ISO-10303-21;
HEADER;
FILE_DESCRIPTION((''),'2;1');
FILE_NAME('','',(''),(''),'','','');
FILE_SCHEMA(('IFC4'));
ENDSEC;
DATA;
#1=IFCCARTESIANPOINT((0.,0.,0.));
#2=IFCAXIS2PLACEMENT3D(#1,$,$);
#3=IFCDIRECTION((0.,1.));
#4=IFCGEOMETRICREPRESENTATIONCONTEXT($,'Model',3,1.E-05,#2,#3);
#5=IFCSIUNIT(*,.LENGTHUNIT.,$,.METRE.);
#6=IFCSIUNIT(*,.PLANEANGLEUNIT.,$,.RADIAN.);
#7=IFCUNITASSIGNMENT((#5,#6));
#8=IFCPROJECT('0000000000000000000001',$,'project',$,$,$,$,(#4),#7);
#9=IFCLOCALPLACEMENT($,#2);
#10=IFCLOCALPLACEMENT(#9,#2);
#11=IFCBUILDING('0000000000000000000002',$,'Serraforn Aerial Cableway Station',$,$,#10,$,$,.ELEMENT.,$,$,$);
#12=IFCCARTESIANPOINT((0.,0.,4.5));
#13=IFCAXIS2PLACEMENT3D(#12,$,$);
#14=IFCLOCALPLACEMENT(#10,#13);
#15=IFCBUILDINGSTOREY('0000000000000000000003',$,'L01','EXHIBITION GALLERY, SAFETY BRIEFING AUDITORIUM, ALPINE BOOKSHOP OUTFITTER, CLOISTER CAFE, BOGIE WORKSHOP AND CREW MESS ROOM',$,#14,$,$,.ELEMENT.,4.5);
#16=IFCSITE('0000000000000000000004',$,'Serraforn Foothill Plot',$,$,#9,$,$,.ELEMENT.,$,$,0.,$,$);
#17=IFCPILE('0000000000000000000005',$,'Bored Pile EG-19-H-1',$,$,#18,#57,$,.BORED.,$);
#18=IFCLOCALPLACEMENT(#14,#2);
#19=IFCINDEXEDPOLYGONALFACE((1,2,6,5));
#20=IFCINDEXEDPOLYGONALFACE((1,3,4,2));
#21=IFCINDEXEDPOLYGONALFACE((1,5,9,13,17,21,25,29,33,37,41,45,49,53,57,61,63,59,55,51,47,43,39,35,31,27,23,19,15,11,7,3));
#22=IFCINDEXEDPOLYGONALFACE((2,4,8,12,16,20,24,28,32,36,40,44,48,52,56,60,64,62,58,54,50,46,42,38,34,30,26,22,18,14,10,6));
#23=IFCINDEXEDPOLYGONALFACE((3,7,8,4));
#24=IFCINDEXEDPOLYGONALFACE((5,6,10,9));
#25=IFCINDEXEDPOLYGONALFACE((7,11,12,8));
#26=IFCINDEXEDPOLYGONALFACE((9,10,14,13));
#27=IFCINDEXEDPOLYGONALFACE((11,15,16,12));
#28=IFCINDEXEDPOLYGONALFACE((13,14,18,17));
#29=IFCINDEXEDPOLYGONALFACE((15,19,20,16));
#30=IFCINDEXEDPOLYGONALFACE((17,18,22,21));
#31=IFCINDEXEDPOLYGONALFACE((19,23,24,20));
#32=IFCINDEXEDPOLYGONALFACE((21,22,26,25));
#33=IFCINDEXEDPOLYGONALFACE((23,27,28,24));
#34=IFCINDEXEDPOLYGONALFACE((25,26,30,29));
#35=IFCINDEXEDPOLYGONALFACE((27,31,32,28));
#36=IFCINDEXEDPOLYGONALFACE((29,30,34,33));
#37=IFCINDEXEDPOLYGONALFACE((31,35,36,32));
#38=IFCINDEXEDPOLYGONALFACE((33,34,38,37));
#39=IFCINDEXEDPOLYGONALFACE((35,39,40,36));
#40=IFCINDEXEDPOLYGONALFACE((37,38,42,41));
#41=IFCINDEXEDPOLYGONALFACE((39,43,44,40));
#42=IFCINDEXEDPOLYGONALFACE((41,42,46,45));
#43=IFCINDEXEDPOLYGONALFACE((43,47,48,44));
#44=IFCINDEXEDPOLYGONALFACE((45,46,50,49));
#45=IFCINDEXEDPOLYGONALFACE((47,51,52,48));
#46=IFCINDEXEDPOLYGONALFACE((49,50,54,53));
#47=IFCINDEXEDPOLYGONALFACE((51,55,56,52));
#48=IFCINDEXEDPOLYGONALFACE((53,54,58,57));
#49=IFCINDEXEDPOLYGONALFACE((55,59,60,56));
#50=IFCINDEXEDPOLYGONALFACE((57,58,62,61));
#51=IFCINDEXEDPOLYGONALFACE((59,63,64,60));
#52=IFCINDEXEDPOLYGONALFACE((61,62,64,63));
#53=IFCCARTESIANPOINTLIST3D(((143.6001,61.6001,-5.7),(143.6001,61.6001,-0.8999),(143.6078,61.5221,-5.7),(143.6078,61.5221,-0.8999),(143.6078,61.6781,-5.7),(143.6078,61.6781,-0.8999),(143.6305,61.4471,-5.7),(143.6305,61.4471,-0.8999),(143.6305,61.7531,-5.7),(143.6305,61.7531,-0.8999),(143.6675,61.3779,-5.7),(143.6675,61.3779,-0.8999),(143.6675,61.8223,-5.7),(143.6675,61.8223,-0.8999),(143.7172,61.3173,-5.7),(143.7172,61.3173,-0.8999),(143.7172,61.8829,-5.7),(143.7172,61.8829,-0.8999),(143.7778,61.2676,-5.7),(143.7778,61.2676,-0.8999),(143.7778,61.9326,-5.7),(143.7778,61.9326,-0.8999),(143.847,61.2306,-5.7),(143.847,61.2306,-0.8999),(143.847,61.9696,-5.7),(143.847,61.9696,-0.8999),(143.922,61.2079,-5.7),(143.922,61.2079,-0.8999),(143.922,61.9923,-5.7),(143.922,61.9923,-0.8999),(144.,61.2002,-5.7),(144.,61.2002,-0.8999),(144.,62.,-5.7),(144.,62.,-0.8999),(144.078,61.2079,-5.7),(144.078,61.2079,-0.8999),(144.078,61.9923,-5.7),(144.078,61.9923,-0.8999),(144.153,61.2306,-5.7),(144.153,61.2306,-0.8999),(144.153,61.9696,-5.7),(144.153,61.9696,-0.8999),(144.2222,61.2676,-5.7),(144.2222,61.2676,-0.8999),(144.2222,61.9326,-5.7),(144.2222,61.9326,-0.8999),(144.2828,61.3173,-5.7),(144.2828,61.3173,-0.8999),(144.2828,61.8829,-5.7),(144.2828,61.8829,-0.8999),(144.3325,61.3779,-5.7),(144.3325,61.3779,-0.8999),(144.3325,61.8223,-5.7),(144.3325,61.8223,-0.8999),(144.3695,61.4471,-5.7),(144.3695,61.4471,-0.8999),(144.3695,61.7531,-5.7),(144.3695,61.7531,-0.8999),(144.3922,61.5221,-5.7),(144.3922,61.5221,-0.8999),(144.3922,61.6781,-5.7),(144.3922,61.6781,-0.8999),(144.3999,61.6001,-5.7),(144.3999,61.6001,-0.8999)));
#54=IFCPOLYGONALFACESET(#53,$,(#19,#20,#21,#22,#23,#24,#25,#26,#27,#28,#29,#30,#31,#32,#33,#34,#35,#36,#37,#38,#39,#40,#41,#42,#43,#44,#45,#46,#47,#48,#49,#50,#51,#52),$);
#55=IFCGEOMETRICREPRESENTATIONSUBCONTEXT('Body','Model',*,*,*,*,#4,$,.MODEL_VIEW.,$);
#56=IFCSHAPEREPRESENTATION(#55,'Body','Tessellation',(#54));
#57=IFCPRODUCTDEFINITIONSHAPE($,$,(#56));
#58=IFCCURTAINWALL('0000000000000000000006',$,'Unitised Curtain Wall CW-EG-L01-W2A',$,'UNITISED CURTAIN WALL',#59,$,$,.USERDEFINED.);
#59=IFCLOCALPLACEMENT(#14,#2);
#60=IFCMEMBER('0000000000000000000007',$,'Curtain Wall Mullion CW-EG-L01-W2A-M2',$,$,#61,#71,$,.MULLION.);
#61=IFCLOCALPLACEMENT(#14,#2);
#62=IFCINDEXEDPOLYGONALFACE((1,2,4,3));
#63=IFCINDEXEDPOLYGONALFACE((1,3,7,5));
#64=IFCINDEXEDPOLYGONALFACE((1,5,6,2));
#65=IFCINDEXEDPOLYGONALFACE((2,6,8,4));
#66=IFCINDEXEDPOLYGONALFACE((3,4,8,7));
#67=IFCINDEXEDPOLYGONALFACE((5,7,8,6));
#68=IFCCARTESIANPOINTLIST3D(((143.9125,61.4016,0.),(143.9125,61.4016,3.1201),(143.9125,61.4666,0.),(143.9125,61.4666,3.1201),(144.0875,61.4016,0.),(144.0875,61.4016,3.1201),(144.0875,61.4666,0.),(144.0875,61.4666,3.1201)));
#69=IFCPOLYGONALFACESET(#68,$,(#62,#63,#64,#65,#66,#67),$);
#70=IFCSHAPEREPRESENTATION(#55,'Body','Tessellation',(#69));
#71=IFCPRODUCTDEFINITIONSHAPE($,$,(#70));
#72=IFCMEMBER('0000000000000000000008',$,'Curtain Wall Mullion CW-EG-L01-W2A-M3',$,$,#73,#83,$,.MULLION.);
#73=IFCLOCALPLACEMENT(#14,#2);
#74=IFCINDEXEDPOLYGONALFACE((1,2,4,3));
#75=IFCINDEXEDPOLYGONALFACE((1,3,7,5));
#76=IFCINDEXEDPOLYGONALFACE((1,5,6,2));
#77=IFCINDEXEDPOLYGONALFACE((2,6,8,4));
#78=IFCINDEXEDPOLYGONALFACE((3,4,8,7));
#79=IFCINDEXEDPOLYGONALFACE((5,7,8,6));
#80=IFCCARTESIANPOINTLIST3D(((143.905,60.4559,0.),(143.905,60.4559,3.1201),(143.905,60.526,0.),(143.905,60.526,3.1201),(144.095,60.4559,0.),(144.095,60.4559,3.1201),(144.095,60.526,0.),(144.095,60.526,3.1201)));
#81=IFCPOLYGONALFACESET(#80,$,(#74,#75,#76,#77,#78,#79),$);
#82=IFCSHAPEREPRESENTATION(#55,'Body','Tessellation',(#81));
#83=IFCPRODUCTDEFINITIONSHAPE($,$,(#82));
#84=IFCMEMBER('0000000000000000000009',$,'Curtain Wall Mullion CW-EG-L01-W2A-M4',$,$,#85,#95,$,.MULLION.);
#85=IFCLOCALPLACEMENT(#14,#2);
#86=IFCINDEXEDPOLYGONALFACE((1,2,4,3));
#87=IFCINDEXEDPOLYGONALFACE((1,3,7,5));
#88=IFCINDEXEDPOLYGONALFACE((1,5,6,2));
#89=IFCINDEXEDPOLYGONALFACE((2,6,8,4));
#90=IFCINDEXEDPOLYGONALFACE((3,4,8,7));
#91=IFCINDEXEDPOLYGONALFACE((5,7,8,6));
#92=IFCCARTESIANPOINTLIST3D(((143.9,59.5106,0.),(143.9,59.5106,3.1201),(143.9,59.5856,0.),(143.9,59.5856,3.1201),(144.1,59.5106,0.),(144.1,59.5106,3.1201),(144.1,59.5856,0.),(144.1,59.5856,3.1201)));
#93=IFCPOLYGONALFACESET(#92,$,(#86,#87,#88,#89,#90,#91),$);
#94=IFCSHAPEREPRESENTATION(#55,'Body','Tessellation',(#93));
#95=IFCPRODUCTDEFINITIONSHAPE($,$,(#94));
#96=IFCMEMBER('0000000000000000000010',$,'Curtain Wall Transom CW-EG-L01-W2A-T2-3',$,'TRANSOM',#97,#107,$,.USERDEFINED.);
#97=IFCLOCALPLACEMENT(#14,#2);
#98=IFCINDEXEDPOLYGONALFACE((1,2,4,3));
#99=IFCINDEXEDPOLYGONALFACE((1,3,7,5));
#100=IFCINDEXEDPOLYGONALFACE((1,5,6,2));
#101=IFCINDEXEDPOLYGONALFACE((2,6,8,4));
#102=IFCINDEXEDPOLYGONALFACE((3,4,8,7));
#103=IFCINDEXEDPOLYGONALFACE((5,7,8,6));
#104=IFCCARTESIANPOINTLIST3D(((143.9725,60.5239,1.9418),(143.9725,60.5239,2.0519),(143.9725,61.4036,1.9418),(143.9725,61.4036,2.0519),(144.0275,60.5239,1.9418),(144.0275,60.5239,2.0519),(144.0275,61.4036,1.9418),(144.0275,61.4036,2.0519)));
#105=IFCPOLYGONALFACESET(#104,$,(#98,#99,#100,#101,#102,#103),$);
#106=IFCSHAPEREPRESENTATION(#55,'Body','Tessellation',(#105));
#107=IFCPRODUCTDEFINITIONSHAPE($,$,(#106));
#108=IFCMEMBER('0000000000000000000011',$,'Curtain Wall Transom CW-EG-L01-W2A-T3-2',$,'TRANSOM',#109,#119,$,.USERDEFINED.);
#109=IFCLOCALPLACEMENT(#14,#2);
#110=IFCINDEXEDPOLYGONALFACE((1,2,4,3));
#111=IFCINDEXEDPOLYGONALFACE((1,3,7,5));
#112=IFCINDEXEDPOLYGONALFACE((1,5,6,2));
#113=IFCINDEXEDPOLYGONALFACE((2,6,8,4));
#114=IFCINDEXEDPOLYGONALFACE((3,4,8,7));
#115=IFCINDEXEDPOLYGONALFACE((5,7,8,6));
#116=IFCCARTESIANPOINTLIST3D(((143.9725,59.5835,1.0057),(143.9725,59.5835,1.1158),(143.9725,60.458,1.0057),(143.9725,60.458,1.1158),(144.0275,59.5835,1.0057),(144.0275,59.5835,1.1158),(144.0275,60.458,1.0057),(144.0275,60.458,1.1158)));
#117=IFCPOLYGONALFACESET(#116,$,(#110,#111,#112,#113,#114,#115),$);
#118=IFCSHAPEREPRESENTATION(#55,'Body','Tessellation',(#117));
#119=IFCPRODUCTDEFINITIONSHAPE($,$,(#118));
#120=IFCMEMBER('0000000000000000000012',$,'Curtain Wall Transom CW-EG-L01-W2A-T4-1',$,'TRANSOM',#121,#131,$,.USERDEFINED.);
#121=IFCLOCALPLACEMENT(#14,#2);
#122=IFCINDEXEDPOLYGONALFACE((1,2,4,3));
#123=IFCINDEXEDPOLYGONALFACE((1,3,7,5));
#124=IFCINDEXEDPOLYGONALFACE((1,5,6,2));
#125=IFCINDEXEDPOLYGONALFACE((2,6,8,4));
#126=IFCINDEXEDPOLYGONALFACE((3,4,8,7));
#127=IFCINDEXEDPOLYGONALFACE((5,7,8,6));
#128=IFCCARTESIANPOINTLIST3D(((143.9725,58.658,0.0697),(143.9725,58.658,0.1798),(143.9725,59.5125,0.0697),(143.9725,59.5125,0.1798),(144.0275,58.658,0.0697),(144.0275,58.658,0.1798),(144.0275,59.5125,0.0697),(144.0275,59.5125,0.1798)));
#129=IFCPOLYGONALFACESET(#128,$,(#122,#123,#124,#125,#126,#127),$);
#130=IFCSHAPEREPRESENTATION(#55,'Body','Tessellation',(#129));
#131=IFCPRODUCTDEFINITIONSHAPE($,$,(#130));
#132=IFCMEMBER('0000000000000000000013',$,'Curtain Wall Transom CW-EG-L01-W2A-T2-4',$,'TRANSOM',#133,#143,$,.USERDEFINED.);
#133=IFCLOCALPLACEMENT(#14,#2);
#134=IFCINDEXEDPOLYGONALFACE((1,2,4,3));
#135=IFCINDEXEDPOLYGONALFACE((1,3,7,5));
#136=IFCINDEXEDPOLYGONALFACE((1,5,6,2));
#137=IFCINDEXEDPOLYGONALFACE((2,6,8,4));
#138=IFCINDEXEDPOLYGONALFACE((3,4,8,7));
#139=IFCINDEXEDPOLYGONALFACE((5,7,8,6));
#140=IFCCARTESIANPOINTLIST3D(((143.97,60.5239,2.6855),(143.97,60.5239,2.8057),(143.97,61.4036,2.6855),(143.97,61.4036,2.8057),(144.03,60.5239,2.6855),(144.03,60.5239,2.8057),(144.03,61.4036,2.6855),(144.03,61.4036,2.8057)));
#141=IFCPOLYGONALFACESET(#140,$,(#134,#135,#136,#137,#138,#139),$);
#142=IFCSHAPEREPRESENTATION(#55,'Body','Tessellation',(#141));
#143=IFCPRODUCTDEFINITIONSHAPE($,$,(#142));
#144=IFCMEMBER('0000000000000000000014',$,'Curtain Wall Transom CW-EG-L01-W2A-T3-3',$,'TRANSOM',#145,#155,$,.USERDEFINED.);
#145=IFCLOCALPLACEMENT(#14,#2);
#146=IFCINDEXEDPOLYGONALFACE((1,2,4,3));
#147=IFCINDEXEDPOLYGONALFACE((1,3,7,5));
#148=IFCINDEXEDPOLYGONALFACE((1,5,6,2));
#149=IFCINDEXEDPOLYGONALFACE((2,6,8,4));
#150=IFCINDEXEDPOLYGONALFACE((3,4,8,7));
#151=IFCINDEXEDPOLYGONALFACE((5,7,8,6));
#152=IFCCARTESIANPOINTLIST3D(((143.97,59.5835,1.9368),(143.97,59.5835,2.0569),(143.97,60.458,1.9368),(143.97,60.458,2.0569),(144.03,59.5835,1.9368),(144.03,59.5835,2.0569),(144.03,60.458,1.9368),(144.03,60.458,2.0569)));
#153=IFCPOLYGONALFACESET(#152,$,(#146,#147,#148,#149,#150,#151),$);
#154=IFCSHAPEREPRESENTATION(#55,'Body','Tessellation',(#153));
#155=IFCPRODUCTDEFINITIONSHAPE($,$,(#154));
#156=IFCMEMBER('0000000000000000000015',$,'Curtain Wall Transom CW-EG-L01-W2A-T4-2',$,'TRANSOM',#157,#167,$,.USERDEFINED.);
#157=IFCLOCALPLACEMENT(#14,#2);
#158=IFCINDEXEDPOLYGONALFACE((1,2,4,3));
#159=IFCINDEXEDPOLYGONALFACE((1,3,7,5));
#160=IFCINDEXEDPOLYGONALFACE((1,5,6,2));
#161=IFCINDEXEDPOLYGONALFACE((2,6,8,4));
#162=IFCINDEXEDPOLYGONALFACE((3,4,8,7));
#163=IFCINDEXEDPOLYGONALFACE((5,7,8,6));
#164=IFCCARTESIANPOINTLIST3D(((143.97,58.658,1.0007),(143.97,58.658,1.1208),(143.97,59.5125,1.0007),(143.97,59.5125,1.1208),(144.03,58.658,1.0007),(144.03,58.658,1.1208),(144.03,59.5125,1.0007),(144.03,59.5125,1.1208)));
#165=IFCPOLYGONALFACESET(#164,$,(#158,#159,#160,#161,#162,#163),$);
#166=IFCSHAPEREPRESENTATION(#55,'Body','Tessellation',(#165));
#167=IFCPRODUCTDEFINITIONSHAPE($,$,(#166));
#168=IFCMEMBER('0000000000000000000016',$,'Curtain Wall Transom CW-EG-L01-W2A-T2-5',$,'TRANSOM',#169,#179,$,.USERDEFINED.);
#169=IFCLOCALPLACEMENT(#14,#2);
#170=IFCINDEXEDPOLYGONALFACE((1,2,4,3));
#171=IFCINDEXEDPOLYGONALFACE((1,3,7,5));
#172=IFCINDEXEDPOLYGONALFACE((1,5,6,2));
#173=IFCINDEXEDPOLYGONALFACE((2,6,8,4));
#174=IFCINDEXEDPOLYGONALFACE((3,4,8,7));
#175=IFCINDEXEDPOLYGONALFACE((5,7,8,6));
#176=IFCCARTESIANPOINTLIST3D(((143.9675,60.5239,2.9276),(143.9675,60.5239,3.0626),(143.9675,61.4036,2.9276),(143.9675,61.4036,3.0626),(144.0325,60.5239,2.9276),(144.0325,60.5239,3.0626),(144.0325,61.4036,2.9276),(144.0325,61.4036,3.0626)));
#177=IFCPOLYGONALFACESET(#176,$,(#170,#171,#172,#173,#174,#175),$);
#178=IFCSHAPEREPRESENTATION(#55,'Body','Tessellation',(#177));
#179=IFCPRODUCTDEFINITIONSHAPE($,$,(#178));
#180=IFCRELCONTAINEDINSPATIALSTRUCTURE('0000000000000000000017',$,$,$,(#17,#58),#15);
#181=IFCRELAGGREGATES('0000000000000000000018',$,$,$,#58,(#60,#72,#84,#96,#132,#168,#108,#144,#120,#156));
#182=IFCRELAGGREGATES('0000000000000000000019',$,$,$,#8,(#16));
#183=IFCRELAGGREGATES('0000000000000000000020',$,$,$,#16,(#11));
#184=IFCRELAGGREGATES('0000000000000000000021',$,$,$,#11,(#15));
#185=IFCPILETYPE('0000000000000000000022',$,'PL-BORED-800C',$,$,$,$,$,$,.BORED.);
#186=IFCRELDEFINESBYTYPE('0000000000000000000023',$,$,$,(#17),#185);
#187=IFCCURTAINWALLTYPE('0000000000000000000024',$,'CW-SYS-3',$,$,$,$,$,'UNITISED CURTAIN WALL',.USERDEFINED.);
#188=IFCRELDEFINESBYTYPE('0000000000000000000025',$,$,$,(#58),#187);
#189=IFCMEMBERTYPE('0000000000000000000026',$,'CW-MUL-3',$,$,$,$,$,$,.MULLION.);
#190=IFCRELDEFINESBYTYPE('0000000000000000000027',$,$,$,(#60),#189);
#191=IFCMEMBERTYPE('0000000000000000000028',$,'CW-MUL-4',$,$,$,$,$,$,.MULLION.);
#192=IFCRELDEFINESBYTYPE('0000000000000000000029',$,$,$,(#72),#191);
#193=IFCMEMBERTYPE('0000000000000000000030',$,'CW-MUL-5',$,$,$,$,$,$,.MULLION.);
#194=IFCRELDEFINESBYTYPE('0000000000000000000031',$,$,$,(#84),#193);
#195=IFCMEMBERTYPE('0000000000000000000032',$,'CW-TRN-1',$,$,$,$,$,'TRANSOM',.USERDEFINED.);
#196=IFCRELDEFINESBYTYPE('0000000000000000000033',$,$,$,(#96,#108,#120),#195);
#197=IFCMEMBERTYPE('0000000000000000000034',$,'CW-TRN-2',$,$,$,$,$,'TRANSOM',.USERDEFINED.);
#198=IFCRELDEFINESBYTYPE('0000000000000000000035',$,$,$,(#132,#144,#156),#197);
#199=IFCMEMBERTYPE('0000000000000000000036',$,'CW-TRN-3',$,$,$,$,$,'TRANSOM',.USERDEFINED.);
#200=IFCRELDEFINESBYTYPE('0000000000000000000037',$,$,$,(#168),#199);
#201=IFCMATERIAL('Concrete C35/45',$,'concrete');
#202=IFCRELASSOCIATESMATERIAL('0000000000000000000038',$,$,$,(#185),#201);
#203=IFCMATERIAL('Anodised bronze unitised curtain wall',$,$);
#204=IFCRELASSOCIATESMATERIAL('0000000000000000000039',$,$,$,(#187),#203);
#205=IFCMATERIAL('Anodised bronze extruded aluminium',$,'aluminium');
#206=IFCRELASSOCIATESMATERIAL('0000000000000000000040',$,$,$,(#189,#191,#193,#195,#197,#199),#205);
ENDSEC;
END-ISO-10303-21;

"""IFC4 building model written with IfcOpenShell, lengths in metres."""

from ifc_helpers import new_model, si_unit, direction, frame, origin, origin_2d, place, context, subcontext, project, spatial, rectangle, circle, extrude, material, material_profile, profile_set, type_object, element, aggregate, save


model = new_model("IFC4")

# Units and contexts
model_context = context("Model", 3, precision=1e-05, world=origin(), true_north=direction((0.0, 1.0)))
body_context = subcontext(model_context, "Body", "Model", "MODEL_VIEW")
ifc_project = project(units=[si_unit("LENGTHUNIT", "METRE"), si_unit("PLANEANGLEUNIT", "RADIAN")], contexts=[model_context])

# Site, building, storey
site_placement = place(None, origin())
site = spatial("IfcSite", under=ifc_project, at=site_placement, Name="Serraforn Foothill Plot", CompositionType="ELEMENT", RefElevation=0.0)
building_placement = place(site_placement, origin())
building = spatial("IfcBuilding", under=site, at=building_placement, Name="Serraforn Aerial Cableway Station", CompositionType="ELEMENT")
storey_placement = place(building_placement, frame((0.0, 0.0, 4.5)))
storey = spatial("IfcBuildingStorey", under=building, at=storey_placement, Name="L01", Description="EXHIBITION GALLERY, SAFETY BRIEFING AUDITORIUM, ALPINE BOOKSHOP OUTFITTER, CLOISTER CAFE, BOGIE WORKSHOP AND CREW MESS ROOM", CompositionType="ELEMENT", Elevation=4.5)

# Pile
ifc_material_1 = material(Name="Concrete C35/45", Category="concrete")
ifc_material_profile_1 = material_profile(ifc_material_1, circle(Radius=0.3999, at=origin_2d()), Name="BORED PILE D800")
ifc_profile_set_1 = profile_set([ifc_material_profile_1], Name="Concrete C35/45")
pile_type = type_object("IfcPileType", Name="PL-BORED-800C", PredefinedType="BORED", material=ifc_profile_set_1)
pile_placement = place(storey_placement, frame((144.0, 61.6001, -0.8999), z_axis=(0.0, 0.0, -1.0), x_axis=(1.0, 0.0, 0.0)))
element("IfcPile", 1, at=pile_placement, inside=storey, type_object=pile_type, Name="Bored Pile EG-19-H-1", PredefinedType="BORED", context=body_context, shape_type="SweptSolid", body=[
    extrude(circle(Radius=0.3999, at=origin_2d()), origin(), (0.0, 0.0, 1.0), 4.8),
])

# Curtain wall, members
ifc_material_2 = material(Name="Anodised bronze unitised curtain wall")
curtain_wall_type = type_object("IfcCurtainWallType", Name="CW-SYS-3", ElementType="UNITISED CURTAIN WALL", PredefinedType="USERDEFINED", material=ifc_material_2)
curtain_wall_placement = place(storey_placement, origin())
curtain_wall = element("IfcCurtainWall", 2, at=curtain_wall_placement, inside=storey, type_object=curtain_wall_type, Name="Unitised Curtain Wall CW-EG-L01-W2A", ObjectType="UNITISED CURTAIN WALL", PredefinedType="USERDEFINED")
ifc_material_3 = material(Name="Anodised bronze extruded aluminium", Category="aluminium")
ifc_material_profile_2 = material_profile(ifc_material_3, rectangle(XDim=0.0649, YDim=0.175, at=origin_2d()), Name="CW MULLION 65x175")
ifc_profile_set_2 = profile_set([ifc_material_profile_2], Name="Anodised bronze extruded aluminium")
member_type_1 = type_object("IfcMemberType", Name="CW-MUL-3", PredefinedType="MULLION", material=ifc_profile_set_2)
member_1_placement = place(storey_placement, frame((144.0, 61.4341, 0.0), z_axis=(0.0, 0.0, 1.0), x_axis=(0.0, -1.0, 0.0)))
member_1 = element("IfcMember", 3, at=member_1_placement, type_object=member_type_1, Name="Curtain Wall Mullion CW-EG-L01-W2A-M2", PredefinedType="MULLION", context=body_context, shape_type="SweptSolid", body=[
    extrude(rectangle(XDim=0.0649, YDim=0.175, at=origin_2d()), origin(), (0.0, 0.0, 1.0), 3.1201),
])
ifc_material_profile_3 = material_profile(ifc_material_3, rectangle(XDim=0.0701, YDim=0.1899, at=origin_2d()), Name="CW MULLION 70x190")
ifc_profile_set_3 = profile_set([ifc_material_profile_3], Name="Anodised bronze extruded aluminium")
member_type_2 = type_object("IfcMemberType", Name="CW-MUL-4", PredefinedType="MULLION", material=ifc_profile_set_3)
member_2_placement = place(storey_placement, frame((144.0, 60.491, 0.0), z_axis=(0.0, 0.0, 1.0), x_axis=(0.0, -1.0, 0.0)))
member_2 = element("IfcMember", 4, at=member_2_placement, type_object=member_type_2, Name="Curtain Wall Mullion CW-EG-L01-W2A-M3", PredefinedType="MULLION", context=body_context, shape_type="SweptSolid", body=[
    extrude(rectangle(XDim=0.0701, YDim=0.1899, at=origin_2d()), origin(), (0.0, 0.0, 1.0), 3.1201),
])
ifc_material_profile_4 = material_profile(ifc_material_3, rectangle(XDim=0.075, YDim=0.2, at=origin_2d()), Name="CW MULLION 75x200")
ifc_profile_set_4 = profile_set([ifc_material_profile_4], Name="Anodised bronze extruded aluminium")
member_type_3 = type_object("IfcMemberType", Name="CW-MUL-5", PredefinedType="MULLION", material=ifc_profile_set_4)
member_3_placement = place(storey_placement, frame((144.0, 59.5481, 0.0), z_axis=(0.0, 0.0, 1.0), x_axis=(0.0, -1.0, 0.0)))
member_3 = element("IfcMember", 5, at=member_3_placement, type_object=member_type_3, Name="Curtain Wall Mullion CW-EG-L01-W2A-M4", PredefinedType="MULLION", context=body_context, shape_type="SweptSolid", body=[
    extrude(rectangle(XDim=0.075, YDim=0.2, at=origin_2d()), origin(), (0.0, 0.0, 1.0), 3.1201),
])
ifc_material_profile_5 = material_profile(ifc_material_3, rectangle(XDim=0.0549, YDim=0.1101, at=origin_2d()), Name="CW TRANSOM 55x110")
ifc_profile_set_5 = profile_set([ifc_material_profile_5], Name="Anodised bronze extruded aluminium")
member_type_4 = type_object("IfcMemberType", Name="CW-TRN-1", ElementType="TRANSOM", PredefinedType="USERDEFINED", material=ifc_profile_set_5)
member_4_placement = place(storey_placement, frame((144.0, 61.4036, 1.9968), z_axis=(0.0, -1.0, 0.0), x_axis=(1.0, 0.0, 0.0)))
member_4 = element("IfcMember", 6, at=member_4_placement, type_object=member_type_4, Name="Curtain Wall Transom CW-EG-L01-W2A-T2-3", ObjectType="TRANSOM", PredefinedType="USERDEFINED", context=body_context, shape_type="SweptSolid", body=[
    extrude(rectangle(XDim=0.0549, YDim=0.1101, at=origin_2d()), origin(), (0.0, 0.0, 1.0), 0.8796),
])
member_5_placement = place(storey_placement, frame((144.0, 60.458, 1.0608), z_axis=(0.0, -1.0, 0.0), x_axis=(1.0, 0.0, 0.0)))
member_5 = element("IfcMember", 7, at=member_5_placement, type_object=member_type_4, Name="Curtain Wall Transom CW-EG-L01-W2A-T3-2", ObjectType="TRANSOM", PredefinedType="USERDEFINED", context=body_context, shape_type="SweptSolid", body=[
    extrude(rectangle(XDim=0.0549, YDim=0.1101, at=origin_2d()), origin(), (0.0, 0.0, 1.0), 0.8745),
])
member_6_placement = place(storey_placement, frame((144.0, 59.5125, 0.1248), z_axis=(0.0, -1.0, 0.0), x_axis=(1.0, 0.0, 0.0)))
member_6 = element("IfcMember", 8, at=member_6_placement, type_object=member_type_4, Name="Curtain Wall Transom CW-EG-L01-W2A-T4-1", ObjectType="TRANSOM", PredefinedType="USERDEFINED", context=body_context, shape_type="SweptSolid", body=[
    extrude(rectangle(XDim=0.0549, YDim=0.1101, at=origin_2d()), origin(), (0.0, 0.0, 1.0), 0.8545),
])
ifc_material_profile_6 = material_profile(ifc_material_3, rectangle(XDim=0.0601, YDim=0.1201, at=origin_2d()), Name="CW TRANSOM 60x120")
ifc_profile_set_6 = profile_set([ifc_material_profile_6], Name="Anodised bronze extruded aluminium")
member_type_5 = type_object("IfcMemberType", Name="CW-TRN-2", ElementType="TRANSOM", PredefinedType="USERDEFINED", material=ifc_profile_set_6)
member_7_placement = place(storey_placement, frame((144.0, 61.4036, 2.7456), z_axis=(0.0, -1.0, 0.0), x_axis=(1.0, 0.0, 0.0)))
member_7 = element("IfcMember", 9, at=member_7_placement, type_object=member_type_5, Name="Curtain Wall Transom CW-EG-L01-W2A-T2-4", ObjectType="TRANSOM", PredefinedType="USERDEFINED", context=body_context, shape_type="SweptSolid", body=[
    extrude(rectangle(XDim=0.0601, YDim=0.1201, at=origin_2d()), origin(), (0.0, 0.0, 1.0), 0.8796),
])
member_8_placement = place(storey_placement, frame((144.0, 60.458, 1.9968), z_axis=(0.0, -1.0, 0.0), x_axis=(1.0, 0.0, 0.0)))
member_8 = element("IfcMember", 10, at=member_8_placement, type_object=member_type_5, Name="Curtain Wall Transom CW-EG-L01-W2A-T3-3", ObjectType="TRANSOM", PredefinedType="USERDEFINED", context=body_context, shape_type="SweptSolid", body=[
    extrude(rectangle(XDim=0.0601, YDim=0.1201, at=origin_2d()), origin(), (0.0, 0.0, 1.0), 0.8745),
])
member_9_placement = place(storey_placement, frame((144.0, 59.5125, 1.0608), z_axis=(0.0, -1.0, 0.0), x_axis=(1.0, 0.0, 0.0)))
member_9 = element("IfcMember", 11, at=member_9_placement, type_object=member_type_5, Name="Curtain Wall Transom CW-EG-L01-W2A-T4-2", ObjectType="TRANSOM", PredefinedType="USERDEFINED", context=body_context, shape_type="SweptSolid", body=[
    extrude(rectangle(XDim=0.0601, YDim=0.1201, at=origin_2d()), origin(), (0.0, 0.0, 1.0), 0.8545),
])
ifc_material_profile_7 = material_profile(ifc_material_3, rectangle(XDim=0.0649, YDim=0.135, at=origin_2d()), Name="CW TRANSOM 65x135")
ifc_profile_set_7 = profile_set([ifc_material_profile_7], Name="Anodised bronze extruded aluminium")
member_type_6 = type_object("IfcMemberType", Name="CW-TRN-3", ElementType="TRANSOM", PredefinedType="USERDEFINED", material=ifc_profile_set_7)
member_10_placement = place(storey_placement, frame((144.0, 61.4036, 2.9951), z_axis=(0.0, -1.0, 0.0), x_axis=(1.0, 0.0, 0.0)))
member_10 = element("IfcMember", 12, at=member_10_placement, type_object=member_type_6, Name="Curtain Wall Transom CW-EG-L01-W2A-T2-5", ObjectType="TRANSOM", PredefinedType="USERDEFINED", context=body_context, shape_type="SweptSolid", body=[
    extrude(rectangle(XDim=0.0649, YDim=0.135, at=origin_2d()), origin(), (0.0, 0.0, 1.0), 0.8796),
])
aggregate(curtain_wall, [member_1, member_2, member_3, member_4, member_7, member_10, member_5, member_8, member_6, member_9])

save(model, "model.ifc")
